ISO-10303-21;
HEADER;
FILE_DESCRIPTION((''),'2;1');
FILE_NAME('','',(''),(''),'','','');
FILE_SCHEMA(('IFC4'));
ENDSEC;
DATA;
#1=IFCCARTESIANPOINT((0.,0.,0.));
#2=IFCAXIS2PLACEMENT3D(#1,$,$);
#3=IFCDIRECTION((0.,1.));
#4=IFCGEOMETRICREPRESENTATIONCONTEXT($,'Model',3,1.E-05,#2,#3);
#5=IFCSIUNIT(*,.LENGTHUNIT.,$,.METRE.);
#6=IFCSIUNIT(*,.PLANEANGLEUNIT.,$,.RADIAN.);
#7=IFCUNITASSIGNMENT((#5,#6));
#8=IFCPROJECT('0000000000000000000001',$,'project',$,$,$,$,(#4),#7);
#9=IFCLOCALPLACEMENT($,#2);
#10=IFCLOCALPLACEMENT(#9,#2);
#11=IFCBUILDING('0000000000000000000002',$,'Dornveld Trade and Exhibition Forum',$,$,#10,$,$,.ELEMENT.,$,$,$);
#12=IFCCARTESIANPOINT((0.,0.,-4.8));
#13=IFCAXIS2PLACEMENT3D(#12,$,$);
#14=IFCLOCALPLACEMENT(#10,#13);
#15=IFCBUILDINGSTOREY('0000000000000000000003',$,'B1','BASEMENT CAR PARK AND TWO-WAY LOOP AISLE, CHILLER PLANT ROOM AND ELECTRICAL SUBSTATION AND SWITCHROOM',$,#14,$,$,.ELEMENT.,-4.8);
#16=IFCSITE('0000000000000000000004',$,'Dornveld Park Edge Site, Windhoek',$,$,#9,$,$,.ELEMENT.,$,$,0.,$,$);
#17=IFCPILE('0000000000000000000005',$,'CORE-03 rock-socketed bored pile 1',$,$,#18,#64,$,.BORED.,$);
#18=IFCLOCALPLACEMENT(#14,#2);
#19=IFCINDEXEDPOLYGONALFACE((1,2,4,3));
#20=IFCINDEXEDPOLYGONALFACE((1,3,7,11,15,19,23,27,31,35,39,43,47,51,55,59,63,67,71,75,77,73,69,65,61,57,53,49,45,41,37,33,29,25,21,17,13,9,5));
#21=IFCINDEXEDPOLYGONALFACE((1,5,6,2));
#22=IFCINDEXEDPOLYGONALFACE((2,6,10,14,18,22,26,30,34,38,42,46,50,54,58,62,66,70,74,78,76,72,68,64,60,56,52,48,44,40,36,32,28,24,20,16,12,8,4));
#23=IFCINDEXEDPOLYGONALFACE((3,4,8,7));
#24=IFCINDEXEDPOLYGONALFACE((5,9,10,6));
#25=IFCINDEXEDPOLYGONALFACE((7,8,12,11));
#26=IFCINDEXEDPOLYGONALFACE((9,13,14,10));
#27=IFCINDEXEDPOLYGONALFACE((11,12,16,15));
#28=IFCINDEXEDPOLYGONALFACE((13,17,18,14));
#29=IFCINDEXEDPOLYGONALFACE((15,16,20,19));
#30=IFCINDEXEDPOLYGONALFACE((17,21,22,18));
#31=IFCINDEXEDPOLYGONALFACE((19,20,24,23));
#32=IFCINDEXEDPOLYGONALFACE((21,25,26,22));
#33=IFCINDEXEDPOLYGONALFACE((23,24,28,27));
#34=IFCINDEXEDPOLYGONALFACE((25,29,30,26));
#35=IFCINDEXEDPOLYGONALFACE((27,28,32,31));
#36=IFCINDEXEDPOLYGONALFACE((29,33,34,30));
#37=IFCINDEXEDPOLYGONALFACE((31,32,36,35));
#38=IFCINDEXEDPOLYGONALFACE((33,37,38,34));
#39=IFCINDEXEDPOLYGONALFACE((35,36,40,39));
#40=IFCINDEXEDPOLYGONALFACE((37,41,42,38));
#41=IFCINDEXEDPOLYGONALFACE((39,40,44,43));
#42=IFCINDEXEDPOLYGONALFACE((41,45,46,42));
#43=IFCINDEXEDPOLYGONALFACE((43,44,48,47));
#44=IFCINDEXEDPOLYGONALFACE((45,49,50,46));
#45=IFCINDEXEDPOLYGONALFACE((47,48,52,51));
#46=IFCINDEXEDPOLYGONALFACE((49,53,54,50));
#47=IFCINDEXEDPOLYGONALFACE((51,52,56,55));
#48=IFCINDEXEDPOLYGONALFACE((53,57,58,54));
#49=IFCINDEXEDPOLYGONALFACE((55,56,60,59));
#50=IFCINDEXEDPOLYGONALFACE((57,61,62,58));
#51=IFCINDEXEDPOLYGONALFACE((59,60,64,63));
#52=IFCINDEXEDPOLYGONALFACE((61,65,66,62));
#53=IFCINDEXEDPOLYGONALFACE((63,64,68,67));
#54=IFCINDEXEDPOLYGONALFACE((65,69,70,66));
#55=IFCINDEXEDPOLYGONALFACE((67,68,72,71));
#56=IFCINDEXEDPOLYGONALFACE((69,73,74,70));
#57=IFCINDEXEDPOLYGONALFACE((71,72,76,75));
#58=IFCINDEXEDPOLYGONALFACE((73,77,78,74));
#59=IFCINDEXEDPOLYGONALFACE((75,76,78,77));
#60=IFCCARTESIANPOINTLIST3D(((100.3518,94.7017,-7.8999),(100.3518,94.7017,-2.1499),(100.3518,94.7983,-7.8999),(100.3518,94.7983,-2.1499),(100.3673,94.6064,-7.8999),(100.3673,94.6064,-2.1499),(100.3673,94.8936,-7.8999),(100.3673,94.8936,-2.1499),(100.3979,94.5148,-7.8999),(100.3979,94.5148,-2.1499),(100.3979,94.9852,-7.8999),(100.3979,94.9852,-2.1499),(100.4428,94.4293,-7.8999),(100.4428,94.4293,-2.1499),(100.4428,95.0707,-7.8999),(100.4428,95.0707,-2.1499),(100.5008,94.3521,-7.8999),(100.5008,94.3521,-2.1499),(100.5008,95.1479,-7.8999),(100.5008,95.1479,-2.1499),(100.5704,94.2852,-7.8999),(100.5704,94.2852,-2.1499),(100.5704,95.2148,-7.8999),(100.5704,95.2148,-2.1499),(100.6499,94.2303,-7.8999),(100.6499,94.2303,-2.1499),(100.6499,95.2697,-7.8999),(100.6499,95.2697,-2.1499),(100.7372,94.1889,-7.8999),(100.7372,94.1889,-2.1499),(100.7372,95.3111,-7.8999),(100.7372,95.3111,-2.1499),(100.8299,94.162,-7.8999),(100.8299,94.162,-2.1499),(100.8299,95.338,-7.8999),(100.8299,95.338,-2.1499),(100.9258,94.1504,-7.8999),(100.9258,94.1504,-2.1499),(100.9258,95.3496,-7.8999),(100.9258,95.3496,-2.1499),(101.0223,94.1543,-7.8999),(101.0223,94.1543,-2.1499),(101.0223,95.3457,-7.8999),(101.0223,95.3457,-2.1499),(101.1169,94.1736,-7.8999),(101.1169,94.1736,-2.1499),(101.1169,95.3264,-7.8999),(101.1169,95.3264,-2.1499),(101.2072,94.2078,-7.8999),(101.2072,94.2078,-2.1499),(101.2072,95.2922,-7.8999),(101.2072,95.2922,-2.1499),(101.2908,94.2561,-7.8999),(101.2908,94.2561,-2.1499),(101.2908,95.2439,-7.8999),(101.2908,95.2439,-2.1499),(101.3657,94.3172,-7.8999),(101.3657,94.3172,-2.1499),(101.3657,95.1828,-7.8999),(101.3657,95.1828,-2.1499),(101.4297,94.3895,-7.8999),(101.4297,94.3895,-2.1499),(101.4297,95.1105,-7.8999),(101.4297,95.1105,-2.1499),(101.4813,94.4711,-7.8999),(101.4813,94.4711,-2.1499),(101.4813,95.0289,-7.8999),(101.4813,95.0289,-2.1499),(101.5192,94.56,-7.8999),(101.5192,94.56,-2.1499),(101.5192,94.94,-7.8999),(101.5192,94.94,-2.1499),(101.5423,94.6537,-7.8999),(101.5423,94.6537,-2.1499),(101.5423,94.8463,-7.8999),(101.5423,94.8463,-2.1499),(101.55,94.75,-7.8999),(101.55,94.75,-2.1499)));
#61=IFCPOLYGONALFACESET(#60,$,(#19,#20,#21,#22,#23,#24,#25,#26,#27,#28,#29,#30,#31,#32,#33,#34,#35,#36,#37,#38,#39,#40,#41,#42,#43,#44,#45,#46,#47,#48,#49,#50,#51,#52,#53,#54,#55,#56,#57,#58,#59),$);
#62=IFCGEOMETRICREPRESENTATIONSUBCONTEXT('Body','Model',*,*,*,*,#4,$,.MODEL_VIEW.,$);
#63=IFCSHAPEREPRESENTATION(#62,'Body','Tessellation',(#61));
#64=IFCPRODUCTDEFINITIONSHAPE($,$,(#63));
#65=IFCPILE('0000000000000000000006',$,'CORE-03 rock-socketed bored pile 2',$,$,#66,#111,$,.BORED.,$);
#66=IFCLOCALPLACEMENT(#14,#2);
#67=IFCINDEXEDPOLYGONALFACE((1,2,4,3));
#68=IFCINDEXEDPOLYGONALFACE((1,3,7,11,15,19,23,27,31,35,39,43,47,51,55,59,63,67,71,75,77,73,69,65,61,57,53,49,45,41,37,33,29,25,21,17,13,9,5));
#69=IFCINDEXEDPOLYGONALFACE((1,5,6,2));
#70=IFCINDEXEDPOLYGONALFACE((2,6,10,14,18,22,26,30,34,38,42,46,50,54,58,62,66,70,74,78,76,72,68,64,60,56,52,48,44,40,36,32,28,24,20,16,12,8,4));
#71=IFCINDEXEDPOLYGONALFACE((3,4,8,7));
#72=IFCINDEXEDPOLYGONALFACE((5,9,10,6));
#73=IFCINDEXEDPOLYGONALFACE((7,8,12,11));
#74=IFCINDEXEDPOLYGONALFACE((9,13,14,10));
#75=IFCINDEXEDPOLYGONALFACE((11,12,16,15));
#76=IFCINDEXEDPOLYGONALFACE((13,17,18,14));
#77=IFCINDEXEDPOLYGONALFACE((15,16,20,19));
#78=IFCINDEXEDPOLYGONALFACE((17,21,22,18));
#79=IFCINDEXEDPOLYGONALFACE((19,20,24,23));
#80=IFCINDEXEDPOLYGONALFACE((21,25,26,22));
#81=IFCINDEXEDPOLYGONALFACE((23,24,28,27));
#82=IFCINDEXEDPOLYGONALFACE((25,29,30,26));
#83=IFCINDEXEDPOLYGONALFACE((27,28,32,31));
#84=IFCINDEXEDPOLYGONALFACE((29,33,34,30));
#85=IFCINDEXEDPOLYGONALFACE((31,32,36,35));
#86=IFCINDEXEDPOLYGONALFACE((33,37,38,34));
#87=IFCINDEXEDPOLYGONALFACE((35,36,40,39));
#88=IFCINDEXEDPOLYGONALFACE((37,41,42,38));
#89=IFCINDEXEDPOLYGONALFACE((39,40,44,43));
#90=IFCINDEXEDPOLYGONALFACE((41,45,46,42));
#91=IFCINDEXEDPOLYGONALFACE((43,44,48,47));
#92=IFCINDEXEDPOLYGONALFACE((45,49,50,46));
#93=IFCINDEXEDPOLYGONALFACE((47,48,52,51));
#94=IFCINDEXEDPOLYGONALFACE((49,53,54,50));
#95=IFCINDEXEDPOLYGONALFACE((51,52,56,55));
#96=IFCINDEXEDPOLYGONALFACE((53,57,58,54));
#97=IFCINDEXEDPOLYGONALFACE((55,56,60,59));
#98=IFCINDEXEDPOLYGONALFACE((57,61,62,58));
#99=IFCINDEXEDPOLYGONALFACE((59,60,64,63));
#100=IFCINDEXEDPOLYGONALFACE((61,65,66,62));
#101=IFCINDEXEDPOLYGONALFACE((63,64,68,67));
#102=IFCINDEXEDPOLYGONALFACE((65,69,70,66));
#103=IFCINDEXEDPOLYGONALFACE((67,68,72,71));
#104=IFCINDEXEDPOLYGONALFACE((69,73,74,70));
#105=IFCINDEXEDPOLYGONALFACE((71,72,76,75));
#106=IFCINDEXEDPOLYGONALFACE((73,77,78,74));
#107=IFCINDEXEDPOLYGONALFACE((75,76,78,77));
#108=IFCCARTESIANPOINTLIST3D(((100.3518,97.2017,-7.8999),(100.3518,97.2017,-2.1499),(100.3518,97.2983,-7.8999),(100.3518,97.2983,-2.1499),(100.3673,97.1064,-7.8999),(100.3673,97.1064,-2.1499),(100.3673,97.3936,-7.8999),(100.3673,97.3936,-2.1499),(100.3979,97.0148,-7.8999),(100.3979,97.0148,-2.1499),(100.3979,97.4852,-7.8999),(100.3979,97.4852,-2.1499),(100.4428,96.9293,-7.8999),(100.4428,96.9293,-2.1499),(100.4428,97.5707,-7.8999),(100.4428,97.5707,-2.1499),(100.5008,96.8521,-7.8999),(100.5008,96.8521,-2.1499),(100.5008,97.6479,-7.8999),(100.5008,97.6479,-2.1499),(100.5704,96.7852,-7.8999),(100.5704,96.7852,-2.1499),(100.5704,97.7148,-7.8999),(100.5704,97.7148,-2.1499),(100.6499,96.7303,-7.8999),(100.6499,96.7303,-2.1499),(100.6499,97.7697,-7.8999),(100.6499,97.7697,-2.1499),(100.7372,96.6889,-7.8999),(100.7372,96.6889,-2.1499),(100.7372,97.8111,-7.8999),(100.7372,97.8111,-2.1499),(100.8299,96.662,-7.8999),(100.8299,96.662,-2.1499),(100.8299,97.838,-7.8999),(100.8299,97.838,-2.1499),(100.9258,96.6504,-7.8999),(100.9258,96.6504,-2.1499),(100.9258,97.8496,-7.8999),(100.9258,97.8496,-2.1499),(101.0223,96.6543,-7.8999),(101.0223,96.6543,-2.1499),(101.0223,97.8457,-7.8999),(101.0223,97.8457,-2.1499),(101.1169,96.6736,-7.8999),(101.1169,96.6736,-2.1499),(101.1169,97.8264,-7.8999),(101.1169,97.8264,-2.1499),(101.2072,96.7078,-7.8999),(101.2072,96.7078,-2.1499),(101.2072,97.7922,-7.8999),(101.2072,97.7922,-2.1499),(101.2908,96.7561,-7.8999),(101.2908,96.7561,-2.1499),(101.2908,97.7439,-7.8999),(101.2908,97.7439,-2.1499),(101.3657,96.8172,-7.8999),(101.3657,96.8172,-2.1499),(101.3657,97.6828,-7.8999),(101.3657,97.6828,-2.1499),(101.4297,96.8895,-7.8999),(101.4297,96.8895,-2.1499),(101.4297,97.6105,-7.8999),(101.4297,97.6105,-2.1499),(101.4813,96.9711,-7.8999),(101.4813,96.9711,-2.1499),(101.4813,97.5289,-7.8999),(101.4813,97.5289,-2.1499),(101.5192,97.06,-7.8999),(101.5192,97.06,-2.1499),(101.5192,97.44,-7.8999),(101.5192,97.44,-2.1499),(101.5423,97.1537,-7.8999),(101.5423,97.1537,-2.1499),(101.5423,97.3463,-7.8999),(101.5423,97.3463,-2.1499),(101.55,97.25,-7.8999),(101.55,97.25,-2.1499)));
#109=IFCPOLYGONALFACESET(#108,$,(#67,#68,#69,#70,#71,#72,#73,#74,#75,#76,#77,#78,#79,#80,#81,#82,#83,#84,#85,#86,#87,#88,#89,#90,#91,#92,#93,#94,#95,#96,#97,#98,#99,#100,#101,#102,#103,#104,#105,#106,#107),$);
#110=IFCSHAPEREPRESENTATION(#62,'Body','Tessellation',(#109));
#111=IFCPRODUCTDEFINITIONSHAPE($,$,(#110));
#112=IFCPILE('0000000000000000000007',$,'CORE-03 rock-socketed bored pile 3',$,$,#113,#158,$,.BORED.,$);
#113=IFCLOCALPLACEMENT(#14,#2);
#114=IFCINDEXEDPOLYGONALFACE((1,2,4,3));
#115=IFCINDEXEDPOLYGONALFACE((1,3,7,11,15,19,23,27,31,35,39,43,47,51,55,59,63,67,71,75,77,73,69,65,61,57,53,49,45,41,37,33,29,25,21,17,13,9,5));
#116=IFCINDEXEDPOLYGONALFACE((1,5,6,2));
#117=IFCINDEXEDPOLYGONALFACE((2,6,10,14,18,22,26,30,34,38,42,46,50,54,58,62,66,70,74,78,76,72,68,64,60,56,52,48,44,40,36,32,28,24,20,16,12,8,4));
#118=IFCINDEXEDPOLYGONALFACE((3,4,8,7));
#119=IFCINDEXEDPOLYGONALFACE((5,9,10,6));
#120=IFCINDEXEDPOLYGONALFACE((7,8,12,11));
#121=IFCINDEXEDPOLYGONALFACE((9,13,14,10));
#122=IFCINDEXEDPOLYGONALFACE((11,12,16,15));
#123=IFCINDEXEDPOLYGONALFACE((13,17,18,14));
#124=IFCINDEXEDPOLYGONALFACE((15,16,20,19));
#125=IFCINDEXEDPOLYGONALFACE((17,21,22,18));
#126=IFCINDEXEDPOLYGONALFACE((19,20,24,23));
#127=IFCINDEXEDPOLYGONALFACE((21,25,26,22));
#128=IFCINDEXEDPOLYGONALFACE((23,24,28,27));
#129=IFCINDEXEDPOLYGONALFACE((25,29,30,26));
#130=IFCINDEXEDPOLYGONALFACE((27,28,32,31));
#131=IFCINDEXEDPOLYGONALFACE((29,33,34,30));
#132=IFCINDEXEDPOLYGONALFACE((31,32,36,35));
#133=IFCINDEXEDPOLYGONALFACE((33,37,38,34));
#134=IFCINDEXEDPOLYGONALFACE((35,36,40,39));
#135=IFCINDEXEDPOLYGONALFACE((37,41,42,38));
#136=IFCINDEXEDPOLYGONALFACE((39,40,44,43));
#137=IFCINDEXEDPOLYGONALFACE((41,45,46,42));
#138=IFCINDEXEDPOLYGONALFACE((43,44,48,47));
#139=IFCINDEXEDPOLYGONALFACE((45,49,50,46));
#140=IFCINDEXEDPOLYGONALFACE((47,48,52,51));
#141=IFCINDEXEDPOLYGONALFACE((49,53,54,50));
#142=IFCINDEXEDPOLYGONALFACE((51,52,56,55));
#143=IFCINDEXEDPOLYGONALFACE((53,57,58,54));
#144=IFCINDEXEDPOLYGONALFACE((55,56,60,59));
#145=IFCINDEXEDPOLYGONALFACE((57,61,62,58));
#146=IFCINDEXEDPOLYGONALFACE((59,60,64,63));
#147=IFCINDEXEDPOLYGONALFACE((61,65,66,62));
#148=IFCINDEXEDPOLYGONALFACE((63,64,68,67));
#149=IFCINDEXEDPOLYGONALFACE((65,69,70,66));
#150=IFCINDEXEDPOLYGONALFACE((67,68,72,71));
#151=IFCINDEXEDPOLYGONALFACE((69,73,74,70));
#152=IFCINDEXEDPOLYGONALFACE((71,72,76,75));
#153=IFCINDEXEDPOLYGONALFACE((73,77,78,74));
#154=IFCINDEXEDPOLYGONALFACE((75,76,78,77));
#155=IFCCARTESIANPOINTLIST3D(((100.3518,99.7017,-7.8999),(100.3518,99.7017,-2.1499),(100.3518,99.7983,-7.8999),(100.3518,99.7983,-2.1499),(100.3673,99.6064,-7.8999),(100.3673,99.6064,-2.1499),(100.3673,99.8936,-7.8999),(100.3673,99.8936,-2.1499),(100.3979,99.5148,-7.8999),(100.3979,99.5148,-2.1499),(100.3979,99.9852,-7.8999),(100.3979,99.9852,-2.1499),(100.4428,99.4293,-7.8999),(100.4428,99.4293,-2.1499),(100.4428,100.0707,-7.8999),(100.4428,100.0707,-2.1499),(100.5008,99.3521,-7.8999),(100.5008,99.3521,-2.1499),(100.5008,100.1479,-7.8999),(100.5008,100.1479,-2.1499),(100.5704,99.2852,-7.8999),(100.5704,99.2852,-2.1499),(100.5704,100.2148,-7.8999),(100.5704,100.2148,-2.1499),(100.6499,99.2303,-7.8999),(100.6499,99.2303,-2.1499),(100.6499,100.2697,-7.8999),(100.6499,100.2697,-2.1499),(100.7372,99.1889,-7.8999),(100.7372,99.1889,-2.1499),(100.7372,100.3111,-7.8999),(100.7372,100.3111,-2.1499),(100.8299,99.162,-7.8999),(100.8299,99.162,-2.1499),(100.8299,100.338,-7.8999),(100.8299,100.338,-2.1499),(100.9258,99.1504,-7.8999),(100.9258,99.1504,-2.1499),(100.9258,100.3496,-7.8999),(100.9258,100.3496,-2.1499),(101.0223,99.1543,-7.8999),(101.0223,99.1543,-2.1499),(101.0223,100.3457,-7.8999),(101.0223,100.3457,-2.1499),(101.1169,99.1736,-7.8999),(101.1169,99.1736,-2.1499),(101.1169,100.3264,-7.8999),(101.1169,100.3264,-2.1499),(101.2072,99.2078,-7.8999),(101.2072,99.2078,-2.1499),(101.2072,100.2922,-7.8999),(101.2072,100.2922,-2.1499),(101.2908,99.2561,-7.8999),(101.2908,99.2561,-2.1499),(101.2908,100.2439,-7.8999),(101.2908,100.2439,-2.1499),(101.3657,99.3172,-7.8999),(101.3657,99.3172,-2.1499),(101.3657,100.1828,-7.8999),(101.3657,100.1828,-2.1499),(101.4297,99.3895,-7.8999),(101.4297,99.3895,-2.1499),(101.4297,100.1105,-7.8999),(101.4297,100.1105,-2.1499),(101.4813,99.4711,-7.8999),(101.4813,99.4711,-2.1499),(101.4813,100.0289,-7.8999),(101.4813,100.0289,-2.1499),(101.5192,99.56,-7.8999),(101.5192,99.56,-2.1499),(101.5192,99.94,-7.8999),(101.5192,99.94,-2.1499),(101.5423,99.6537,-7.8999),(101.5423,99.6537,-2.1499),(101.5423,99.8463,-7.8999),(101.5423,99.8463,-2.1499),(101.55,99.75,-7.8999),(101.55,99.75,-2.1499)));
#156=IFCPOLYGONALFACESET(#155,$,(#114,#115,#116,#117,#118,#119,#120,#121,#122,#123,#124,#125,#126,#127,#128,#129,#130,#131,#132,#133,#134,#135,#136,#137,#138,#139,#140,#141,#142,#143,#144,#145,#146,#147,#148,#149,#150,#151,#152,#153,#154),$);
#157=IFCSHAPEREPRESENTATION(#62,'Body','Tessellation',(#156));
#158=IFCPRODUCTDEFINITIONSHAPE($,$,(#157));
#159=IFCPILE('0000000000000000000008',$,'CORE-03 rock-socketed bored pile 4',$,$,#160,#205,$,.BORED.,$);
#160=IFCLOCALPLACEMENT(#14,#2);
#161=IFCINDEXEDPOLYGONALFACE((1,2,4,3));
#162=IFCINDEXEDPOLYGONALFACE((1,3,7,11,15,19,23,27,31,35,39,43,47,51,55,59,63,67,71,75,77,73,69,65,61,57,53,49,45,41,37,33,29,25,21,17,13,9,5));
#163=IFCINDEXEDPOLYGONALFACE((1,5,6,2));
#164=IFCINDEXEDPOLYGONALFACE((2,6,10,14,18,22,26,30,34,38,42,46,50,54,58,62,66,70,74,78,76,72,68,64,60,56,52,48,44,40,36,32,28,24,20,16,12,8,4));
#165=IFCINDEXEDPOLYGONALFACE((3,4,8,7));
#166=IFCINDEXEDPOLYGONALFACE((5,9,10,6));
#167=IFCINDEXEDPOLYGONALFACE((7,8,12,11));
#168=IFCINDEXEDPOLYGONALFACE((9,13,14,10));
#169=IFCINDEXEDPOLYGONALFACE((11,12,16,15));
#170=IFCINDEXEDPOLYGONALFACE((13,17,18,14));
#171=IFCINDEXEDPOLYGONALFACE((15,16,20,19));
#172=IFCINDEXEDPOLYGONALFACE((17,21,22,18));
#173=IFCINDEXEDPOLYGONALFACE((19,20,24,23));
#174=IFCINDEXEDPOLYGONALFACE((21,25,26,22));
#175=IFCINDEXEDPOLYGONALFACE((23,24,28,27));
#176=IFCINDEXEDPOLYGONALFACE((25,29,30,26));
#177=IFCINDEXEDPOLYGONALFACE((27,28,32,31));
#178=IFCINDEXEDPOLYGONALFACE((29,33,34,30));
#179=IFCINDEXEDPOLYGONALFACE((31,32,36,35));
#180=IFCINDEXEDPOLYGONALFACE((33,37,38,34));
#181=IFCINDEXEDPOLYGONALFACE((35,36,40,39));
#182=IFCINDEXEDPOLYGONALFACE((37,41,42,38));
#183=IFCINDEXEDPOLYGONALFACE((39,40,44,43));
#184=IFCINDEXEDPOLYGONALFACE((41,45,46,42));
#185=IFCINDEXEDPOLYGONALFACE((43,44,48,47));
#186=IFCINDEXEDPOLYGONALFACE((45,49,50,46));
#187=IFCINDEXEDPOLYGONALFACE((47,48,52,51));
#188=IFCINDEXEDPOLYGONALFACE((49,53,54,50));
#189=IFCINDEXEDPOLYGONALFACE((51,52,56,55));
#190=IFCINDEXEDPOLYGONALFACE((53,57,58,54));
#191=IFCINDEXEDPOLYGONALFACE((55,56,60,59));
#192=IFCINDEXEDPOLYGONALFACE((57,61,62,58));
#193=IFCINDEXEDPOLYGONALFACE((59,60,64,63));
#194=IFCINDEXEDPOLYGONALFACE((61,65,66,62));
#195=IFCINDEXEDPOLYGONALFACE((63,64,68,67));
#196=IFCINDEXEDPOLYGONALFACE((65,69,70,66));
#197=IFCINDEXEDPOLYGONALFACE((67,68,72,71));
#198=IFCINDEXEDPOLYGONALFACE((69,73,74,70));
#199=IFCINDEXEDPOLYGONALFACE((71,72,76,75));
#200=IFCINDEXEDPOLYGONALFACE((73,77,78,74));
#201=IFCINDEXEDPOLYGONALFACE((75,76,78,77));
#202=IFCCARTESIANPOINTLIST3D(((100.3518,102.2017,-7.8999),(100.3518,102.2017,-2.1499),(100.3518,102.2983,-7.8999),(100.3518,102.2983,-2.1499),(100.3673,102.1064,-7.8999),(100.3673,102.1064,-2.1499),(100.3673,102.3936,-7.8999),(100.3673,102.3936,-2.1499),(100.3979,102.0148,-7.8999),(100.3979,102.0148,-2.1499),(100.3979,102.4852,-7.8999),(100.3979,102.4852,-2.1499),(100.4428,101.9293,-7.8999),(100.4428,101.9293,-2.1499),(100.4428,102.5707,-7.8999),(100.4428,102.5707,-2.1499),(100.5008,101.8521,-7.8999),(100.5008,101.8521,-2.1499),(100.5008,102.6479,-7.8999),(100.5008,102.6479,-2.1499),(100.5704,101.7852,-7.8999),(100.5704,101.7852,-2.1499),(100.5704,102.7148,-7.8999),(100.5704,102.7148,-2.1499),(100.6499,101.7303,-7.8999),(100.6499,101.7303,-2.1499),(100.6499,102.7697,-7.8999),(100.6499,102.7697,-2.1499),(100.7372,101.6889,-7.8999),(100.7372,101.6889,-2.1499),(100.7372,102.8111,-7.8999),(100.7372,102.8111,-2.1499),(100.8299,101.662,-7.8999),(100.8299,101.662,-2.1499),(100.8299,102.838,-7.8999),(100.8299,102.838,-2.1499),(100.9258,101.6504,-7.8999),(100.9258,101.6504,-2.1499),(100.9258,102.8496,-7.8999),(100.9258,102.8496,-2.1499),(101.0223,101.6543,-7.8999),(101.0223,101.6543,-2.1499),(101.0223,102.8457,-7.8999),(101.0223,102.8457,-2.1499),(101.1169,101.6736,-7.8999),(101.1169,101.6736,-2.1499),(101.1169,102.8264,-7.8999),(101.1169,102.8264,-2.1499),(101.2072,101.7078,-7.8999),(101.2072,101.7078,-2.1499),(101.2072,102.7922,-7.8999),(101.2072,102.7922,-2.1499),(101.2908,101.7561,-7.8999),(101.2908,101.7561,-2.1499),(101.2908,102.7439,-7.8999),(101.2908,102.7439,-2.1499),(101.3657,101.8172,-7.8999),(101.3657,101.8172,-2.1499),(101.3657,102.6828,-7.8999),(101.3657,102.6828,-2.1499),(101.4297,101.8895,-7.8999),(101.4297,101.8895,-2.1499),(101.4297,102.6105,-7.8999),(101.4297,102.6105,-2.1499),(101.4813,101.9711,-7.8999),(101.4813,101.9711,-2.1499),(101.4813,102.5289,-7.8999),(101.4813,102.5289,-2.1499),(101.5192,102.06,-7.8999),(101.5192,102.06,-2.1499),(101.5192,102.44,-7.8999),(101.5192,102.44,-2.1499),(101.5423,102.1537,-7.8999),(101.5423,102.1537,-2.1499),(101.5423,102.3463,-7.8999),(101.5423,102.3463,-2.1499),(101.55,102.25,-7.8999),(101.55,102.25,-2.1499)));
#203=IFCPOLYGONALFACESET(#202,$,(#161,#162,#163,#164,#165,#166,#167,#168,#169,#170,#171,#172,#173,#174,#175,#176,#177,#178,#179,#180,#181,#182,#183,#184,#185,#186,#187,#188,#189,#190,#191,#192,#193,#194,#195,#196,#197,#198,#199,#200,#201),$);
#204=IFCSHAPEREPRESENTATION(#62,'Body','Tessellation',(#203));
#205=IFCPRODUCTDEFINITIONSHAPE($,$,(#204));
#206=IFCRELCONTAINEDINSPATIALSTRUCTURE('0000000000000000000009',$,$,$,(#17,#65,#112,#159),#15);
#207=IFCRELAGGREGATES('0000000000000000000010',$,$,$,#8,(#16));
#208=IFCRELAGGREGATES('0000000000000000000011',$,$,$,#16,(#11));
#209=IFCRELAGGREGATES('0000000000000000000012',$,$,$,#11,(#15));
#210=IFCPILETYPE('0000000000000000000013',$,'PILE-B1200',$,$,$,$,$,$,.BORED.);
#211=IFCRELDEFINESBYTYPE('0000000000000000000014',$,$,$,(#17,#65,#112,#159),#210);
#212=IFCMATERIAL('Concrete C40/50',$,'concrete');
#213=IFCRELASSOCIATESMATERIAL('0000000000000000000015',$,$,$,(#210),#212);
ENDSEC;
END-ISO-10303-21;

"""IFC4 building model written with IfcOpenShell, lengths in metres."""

from ifc_helpers import new_model, si_unit, direction, frame, origin, origin_2d, place, context, subcontext, project, spatial, circle, extrude, material, material_profile, profile_set, type_object, element, save


model = new_model("IFC4")

# Units and contexts
model_context = context("Model", 3, precision=1e-05, world=origin(), true_north=direction((0.0, 1.0)))
body_context = subcontext(model_context, "Body", "Model", "MODEL_VIEW")
ifc_project = project(units=[si_unit("LENGTHUNIT", "METRE"), si_unit("PLANEANGLEUNIT", "RADIAN")], contexts=[model_context])

# Site, building, storey
site_placement = place(None, origin())
site = spatial("IfcSite", under=ifc_project, at=site_placement, Name="Dornveld Park Edge Site, Windhoek", CompositionType="ELEMENT", RefElevation=0.0)
building_placement = place(site_placement, origin())
building = spatial("IfcBuilding", under=site, at=building_placement, Name="Dornveld Trade and Exhibition Forum", CompositionType="ELEMENT")
storey_placement = place(building_placement, frame((0.0, 0.0, -4.8)))
storey = spatial("IfcBuildingStorey", under=building, at=storey_placement, Name="B1", Description="BASEMENT CAR PARK AND TWO-WAY LOOP AISLE, CHILLER PLANT ROOM AND ELECTRICAL SUBSTATION AND SWITCHROOM", CompositionType="ELEMENT", Elevation=-4.8)

# Piles
ifc_material_1 = material(Name="Concrete C40/50", Category="concrete")
ifc_material_profile_1 = material_profile(ifc_material_1, circle(Radius=0.6001, at=origin_2d()), Name="PILE D1200")
ifc_profile_set_1 = profile_set([ifc_material_profile_1], Name="Concrete C40/50")
pile_type = type_object("IfcPileType", Name="PILE-B1200", PredefinedType="BORED", material=ifc_profile_set_1)
for number, where, z_axis, x_axis, name in (
    (1, (100.95, 94.75, -2.1499), (0.0, 0.0, -1.0), (1.0, 0.0, 0.0), "CORE-03 rock-socketed bored pile 1"),
    (2, (100.95, 97.25, -2.1499), (0.0, 0.0, -1.0), (1.0, 0.0, 0.0), "CORE-03 rock-socketed bored pile 2"),
    (3, (100.95, 99.75, -2.1499), (0.0, 0.0, -1.0), (1.0, 0.0, 0.0), "CORE-03 rock-socketed bored pile 3"),
    (4, (100.95, 102.25, -2.1499), (0.0, 0.0, -1.0), (1.0, 0.0, 0.0), "CORE-03 rock-socketed bored pile 4"),
):
    element("IfcPile", number, at=place(storey_placement, frame(where, z_axis=z_axis, x_axis=x_axis)), inside=storey, type_object=pile_type, Name=name, PredefinedType="BORED", context=body_context, shape_type="SweptSolid", body=[
        extrude(circle(Radius=0.6001, at=origin_2d()), origin(), (0.0, 0.0, 1.0), 5.75),
    ])

save(model, "model.ifc")
